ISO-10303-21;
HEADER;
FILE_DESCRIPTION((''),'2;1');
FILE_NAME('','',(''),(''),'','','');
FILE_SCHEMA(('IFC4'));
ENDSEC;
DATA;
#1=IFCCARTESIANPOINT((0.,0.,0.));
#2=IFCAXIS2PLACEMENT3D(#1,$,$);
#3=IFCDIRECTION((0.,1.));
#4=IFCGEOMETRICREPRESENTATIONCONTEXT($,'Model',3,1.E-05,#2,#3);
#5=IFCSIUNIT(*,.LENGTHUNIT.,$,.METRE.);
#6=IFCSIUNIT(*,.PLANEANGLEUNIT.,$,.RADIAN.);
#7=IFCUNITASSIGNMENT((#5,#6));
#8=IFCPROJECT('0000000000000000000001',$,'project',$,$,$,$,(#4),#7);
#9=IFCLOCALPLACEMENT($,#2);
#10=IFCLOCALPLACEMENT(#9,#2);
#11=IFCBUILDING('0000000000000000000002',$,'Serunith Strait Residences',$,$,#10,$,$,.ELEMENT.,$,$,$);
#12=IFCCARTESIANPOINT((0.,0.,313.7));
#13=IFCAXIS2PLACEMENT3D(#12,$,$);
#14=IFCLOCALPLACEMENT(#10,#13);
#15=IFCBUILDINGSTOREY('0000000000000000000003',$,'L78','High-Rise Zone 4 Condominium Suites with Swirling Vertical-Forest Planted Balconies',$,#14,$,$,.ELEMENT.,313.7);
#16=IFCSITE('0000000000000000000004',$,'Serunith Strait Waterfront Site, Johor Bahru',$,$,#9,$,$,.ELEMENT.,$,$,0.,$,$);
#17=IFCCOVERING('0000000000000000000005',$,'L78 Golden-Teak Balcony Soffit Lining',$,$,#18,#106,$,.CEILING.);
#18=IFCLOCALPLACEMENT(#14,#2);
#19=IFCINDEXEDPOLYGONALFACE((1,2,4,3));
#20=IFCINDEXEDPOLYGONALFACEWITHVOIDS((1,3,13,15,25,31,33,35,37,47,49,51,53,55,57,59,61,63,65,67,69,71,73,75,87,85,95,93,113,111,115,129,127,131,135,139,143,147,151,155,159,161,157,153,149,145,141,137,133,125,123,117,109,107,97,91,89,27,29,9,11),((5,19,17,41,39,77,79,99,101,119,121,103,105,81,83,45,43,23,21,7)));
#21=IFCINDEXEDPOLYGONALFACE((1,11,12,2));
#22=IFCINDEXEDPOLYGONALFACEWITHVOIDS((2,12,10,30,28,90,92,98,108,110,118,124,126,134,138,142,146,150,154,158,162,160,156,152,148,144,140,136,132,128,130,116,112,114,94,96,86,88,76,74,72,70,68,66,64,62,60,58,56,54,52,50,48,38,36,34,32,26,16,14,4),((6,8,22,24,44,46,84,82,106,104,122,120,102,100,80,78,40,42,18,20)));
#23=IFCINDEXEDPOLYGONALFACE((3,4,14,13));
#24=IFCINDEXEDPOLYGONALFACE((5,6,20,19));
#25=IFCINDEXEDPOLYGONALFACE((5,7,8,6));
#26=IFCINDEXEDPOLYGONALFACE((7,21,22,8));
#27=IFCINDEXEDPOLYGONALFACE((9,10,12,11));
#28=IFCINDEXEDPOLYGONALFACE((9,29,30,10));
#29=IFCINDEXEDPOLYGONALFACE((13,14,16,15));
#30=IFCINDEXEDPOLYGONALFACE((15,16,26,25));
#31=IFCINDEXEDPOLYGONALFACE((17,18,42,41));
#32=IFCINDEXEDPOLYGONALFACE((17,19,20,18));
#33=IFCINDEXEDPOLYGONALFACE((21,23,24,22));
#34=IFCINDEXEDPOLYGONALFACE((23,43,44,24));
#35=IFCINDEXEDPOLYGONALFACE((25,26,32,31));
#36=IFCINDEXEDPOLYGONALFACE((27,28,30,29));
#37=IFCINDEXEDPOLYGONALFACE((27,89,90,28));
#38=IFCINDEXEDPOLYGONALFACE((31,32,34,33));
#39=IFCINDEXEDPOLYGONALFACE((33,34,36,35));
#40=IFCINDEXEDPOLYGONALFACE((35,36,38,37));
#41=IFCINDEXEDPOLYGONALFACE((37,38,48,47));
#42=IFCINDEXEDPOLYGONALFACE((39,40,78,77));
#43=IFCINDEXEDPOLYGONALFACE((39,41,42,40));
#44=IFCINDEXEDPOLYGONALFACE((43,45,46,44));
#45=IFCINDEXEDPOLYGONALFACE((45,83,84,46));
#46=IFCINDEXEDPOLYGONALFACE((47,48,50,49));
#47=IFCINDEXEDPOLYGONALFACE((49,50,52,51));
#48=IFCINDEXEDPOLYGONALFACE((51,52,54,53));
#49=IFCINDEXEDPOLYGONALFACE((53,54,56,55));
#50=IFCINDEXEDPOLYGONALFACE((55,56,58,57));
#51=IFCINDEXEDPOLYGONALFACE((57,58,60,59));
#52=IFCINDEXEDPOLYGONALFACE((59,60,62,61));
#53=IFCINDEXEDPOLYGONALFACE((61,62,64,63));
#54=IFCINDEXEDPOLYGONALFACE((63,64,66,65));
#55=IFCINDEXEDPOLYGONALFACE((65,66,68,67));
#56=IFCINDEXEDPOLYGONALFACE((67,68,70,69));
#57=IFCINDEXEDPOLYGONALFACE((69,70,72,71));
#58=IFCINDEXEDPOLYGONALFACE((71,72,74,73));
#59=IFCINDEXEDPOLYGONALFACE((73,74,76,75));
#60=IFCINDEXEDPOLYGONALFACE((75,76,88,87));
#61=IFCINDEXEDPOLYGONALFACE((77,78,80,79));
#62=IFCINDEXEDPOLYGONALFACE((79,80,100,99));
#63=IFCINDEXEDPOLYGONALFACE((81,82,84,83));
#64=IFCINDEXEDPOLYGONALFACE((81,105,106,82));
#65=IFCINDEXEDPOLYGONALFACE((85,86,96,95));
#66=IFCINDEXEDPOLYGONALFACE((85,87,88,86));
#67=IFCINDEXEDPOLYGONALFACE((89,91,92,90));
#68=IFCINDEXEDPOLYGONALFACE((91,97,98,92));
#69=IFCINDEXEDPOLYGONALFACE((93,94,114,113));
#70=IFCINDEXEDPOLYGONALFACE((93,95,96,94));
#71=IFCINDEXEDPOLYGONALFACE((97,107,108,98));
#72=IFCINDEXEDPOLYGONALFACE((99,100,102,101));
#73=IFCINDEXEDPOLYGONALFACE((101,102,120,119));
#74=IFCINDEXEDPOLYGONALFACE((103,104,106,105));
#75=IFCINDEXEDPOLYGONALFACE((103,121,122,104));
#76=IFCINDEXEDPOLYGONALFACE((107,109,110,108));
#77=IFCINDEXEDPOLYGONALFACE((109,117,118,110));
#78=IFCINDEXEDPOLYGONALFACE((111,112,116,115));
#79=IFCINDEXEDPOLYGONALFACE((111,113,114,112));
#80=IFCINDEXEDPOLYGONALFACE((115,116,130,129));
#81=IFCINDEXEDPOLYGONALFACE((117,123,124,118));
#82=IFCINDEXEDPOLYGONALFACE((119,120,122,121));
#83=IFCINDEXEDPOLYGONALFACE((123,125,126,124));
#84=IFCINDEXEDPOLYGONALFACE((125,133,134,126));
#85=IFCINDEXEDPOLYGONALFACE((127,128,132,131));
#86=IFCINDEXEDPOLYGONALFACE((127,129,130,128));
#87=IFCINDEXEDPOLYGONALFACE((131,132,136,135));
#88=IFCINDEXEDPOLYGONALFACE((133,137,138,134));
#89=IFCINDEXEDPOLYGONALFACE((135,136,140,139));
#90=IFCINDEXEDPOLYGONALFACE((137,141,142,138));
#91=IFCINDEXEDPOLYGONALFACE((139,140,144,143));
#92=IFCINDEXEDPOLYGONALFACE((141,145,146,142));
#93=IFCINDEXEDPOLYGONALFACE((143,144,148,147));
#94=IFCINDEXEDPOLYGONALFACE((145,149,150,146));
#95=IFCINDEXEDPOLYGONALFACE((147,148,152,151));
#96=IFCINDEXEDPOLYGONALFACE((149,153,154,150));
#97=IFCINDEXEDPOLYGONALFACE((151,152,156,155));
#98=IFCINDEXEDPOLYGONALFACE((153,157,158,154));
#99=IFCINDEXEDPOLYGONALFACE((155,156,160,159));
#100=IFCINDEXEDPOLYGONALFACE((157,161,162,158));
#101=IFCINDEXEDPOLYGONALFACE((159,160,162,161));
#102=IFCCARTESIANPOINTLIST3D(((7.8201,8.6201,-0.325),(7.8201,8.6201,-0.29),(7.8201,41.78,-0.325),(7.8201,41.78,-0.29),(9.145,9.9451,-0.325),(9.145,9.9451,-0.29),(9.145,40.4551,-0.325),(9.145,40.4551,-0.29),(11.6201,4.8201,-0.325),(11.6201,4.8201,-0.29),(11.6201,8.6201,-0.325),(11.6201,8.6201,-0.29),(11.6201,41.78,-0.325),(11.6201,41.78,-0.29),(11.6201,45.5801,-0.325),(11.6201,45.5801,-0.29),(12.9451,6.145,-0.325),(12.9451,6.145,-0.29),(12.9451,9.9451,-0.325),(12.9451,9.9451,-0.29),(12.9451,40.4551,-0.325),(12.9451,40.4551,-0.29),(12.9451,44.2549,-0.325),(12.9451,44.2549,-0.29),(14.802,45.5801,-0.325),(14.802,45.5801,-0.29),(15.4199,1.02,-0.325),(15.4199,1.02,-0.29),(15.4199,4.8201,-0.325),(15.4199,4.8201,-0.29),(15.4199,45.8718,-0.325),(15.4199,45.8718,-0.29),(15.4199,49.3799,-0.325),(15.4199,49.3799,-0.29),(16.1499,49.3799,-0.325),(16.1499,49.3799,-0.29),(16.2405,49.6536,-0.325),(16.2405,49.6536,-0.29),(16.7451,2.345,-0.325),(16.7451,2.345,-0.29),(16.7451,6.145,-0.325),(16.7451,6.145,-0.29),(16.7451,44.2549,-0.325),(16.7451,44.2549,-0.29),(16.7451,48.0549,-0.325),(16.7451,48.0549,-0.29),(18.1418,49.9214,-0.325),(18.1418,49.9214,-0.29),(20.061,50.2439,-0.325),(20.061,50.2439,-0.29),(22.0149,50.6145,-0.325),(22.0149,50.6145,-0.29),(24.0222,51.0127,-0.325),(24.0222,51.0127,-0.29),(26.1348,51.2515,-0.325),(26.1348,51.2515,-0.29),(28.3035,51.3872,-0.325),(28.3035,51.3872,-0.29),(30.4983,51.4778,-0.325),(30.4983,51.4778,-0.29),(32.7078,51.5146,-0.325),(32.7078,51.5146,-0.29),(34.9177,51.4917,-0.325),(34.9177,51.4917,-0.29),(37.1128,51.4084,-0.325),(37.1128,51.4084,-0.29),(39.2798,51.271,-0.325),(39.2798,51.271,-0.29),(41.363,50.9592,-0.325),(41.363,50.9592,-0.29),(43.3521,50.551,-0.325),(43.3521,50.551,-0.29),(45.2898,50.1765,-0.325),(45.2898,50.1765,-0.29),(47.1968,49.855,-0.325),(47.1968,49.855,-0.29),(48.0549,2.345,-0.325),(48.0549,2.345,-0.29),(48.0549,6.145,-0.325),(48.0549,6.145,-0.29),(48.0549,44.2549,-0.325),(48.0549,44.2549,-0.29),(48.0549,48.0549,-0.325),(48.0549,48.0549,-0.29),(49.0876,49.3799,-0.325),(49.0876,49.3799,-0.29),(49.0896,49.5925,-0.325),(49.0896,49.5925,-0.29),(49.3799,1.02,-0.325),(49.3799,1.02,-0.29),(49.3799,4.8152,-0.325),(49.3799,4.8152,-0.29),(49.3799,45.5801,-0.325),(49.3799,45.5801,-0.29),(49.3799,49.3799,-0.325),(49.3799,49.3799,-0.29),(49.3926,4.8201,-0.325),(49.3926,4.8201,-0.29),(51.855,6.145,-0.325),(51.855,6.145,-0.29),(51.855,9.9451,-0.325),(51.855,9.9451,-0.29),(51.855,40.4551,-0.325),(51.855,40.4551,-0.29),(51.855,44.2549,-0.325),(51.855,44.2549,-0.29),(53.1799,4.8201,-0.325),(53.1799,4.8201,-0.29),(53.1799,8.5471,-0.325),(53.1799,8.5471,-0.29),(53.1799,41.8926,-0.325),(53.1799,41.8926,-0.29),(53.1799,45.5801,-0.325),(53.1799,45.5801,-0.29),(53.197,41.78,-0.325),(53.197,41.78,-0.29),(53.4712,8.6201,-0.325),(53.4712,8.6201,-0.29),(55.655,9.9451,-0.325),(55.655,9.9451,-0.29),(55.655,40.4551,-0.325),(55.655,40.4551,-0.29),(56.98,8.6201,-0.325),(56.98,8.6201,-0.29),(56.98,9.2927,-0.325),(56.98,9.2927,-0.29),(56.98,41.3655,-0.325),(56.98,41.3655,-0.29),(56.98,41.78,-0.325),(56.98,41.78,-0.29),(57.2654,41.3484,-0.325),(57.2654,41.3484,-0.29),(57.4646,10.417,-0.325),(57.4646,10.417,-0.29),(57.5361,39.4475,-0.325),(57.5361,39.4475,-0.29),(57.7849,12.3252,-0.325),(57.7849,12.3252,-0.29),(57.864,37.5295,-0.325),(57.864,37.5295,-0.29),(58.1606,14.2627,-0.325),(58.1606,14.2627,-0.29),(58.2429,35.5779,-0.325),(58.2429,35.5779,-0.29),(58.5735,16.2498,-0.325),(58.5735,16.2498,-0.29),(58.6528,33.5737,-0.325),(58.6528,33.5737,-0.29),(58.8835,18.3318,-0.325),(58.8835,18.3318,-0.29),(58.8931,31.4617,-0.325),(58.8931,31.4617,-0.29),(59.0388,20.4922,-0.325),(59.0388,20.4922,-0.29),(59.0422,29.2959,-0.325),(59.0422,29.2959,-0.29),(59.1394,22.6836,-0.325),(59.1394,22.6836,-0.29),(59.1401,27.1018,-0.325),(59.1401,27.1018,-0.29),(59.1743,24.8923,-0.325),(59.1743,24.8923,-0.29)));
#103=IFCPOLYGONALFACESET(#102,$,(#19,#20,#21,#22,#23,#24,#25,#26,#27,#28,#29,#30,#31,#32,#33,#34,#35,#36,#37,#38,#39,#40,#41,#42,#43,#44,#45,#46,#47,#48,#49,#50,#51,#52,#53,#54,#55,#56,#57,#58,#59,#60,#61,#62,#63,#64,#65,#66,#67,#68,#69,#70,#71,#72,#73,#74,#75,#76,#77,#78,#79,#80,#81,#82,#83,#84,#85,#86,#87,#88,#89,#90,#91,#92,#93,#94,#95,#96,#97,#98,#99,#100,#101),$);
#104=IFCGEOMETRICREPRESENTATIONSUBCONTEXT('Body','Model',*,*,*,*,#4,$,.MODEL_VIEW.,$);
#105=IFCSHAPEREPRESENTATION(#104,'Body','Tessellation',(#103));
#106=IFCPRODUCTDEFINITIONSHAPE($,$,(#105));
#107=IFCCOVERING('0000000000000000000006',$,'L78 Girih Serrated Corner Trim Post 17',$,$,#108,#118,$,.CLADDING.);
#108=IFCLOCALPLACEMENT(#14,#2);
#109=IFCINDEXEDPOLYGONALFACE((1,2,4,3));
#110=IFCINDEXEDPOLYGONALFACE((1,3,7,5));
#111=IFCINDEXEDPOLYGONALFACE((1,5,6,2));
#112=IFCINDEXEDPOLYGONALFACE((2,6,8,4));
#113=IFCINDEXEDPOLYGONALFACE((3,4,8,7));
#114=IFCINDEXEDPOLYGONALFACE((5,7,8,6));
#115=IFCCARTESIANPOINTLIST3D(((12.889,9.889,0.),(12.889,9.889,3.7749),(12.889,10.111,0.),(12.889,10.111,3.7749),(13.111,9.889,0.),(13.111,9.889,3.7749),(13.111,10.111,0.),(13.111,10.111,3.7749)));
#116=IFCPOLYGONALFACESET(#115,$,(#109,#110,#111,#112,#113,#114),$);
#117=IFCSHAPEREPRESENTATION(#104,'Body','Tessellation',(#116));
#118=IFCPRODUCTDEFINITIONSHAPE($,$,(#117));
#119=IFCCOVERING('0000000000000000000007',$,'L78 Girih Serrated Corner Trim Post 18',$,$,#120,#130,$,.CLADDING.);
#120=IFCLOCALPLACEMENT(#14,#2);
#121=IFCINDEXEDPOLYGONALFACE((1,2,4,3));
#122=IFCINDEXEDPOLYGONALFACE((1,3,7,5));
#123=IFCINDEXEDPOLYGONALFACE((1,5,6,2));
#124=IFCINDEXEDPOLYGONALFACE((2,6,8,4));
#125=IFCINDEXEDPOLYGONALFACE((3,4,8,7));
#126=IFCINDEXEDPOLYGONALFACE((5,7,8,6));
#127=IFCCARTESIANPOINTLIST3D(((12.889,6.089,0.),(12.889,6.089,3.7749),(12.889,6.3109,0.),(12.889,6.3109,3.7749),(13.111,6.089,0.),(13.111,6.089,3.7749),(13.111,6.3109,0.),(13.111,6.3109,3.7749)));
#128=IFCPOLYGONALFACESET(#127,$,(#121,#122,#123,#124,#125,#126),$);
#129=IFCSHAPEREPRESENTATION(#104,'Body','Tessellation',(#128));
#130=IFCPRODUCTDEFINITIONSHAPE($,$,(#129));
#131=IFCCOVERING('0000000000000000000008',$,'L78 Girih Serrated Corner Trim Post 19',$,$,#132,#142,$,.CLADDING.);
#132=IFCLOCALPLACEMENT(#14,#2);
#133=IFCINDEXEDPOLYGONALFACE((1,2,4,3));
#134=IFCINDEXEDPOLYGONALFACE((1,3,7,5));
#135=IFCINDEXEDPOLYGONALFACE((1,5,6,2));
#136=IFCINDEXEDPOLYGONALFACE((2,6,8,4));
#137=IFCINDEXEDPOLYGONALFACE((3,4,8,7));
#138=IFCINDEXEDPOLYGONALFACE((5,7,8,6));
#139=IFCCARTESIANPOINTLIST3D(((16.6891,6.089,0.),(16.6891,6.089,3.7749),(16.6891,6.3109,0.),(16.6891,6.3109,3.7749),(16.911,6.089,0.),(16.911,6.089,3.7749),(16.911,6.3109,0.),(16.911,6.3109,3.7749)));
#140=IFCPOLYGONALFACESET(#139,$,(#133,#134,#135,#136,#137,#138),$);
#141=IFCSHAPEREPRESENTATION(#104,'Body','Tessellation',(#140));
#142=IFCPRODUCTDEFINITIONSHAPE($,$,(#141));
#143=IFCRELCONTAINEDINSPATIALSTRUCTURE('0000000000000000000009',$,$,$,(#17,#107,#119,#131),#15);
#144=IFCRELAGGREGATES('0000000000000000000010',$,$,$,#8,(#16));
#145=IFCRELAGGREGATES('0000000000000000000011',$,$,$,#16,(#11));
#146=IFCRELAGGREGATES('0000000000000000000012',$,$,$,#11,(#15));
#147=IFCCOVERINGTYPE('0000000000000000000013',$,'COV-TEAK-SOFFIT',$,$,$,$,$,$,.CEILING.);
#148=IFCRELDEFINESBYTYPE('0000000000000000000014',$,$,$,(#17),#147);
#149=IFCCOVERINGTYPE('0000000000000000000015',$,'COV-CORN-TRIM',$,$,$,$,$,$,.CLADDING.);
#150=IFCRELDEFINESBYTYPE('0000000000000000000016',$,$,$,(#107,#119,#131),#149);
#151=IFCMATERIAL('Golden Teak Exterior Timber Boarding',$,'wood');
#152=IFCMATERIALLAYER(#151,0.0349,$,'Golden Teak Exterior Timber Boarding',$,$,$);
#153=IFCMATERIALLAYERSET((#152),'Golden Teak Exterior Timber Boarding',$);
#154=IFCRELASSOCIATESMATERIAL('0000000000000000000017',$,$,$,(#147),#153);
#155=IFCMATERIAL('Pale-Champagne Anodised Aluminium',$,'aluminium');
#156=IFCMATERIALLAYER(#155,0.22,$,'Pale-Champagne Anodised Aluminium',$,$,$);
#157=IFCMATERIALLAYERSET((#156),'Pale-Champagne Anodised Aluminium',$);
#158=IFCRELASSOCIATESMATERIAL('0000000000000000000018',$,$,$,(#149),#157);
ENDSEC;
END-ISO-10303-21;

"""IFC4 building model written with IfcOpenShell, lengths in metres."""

from ifc_helpers import new_model, si_unit, direction, frame, origin, origin_2d, place, context, subcontext, project, spatial, polyline, rectangle, outline, extrude, source, transform, mapped, material, layer, layer_set, type_object, element, save


model = new_model("IFC4")

# Units and contexts
model_context = context("Model", 3, precision=1e-05, world=origin(), true_north=direction((0.0, 1.0)))
body_context = subcontext(model_context, "Body", "Model", "MODEL_VIEW")
ifc_project = project(units=[si_unit("LENGTHUNIT", "METRE"), si_unit("PLANEANGLEUNIT", "RADIAN")], contexts=[model_context])

# Site, building, storey
site_placement = place(None, origin())
site = spatial("IfcSite", under=ifc_project, at=site_placement, Name="Serunith Strait Waterfront Site, Johor Bahru", CompositionType="ELEMENT", RefElevation=0.0)
building_placement = place(site_placement, origin())
building = spatial("IfcBuilding", under=site, at=building_placement, Name="Serunith Strait Residences", CompositionType="ELEMENT")
storey_placement = place(building_placement, frame((0.0, 0.0, 313.7)))
storey = spatial("IfcBuildingStorey", under=building, at=storey_placement, Name="L78", Description="High-Rise Zone 4 Condominium Suites with Swirling Vertical-Forest Planted Balconies", CompositionType="ELEMENT", Elevation=313.7)

# Covering
ifc_material_1 = material(Name="Golden Teak Exterior Timber Boarding", Category="wood")
ifc_layer_1 = layer(ifc_material_1, 0.0349, Name="Golden Teak Exterior Timber Boarding")
ifc_layer_set_1 = layer_set([ifc_layer_1], Name="Golden Teak Exterior Timber Boarding")
covering_type_1 = type_object("IfcCoveringType", Name="COV-TEAK-SOFFIT", PredefinedType="CEILING", material=ifc_layer_set_1)
covering_placement = place(storey_placement, frame((0.0, 0.0, -0.325)))
element("IfcCovering", 1, at=covering_placement, inside=storey, type_object=covering_type_1, Name="L78 Golden-Teak Balcony Soffit Lining", PredefinedType="CEILING", context=body_context, shape_type="SweptSolid", body=[
    extrude(outline(polyline([(15.4199, 49.3799), (16.1499, 49.3799), (16.2405, 49.6536), (18.1418, 49.9214), (20.061, 50.2439), (22.0149, 50.6145), (24.0222, 51.0127), (26.1348, 51.2515), (28.3035, 51.3872), (30.4983, 51.4778), (32.7078, 51.5146), (34.9177, 51.4917), (37.1128, 51.4084), (39.2798, 51.271), (41.363, 50.9592), (43.3521, 50.551), (45.2898, 50.1765), (47.1968, 49.855), (49.0896, 49.5925), (49.0876, 49.3799), (49.3799, 49.3799), (49.3799, 45.5801), (53.1799, 45.5801), (53.1799, 41.8926), (53.197, 41.78), (56.98, 41.78), (56.98, 41.3655), (57.2654, 41.3484), (57.5361, 39.4475), (57.864, 37.5295), (58.2429, 35.5779), (58.6528, 33.5737), (58.8931, 31.4617), (59.0422, 29.2959), (59.1401, 27.1018), (59.1743, 24.8923), (59.1394, 22.6836), (59.0388, 20.4922), (58.8835, 18.3318), (58.5735, 16.2498), (58.1606, 14.2627), (57.7849, 12.3252), (57.4646, 10.417), (56.98, 9.2927), (56.98, 8.6201), (53.4712, 8.6201), (53.1799, 8.5471), (53.1799, 4.8201), (49.3926, 4.8201), (49.3799, 4.8152), (49.3799, 1.02), (15.4199, 1.02), (15.4199, 4.8201), (11.6201, 4.8201), (11.6201, 8.6201), (7.8201, 8.6201), (7.8201, 41.78), (11.6201, 41.78), (11.6201, 45.5801), (14.802, 45.5801), (15.4199, 45.8718), (15.4199, 49.3799)]), holes=[polyline([(48.0549, 2.345), (48.0549, 6.145), (51.855, 6.145), (51.855, 9.9451), (55.655, 9.9451), (55.655, 40.4551), (51.855, 40.4551), (51.855, 44.2549), (48.0549, 44.2549), (48.0549, 48.0549), (16.7451, 48.0549), (16.7451, 44.2549), (12.9451, 44.2549), (12.9451, 40.4551), (9.145, 40.4551), (9.145, 9.9451), (12.9451, 9.9451), (12.9451, 6.145), (16.7451, 6.145), (16.7451, 2.345), (48.0549, 2.345)])]), origin(), (0.0, 0.0, 1.0), 0.0349),
])

# Coverings
ifc_material_2 = material(Name="Pale-Champagne Anodised Aluminium", Category="aluminium")
ifc_layer_2 = layer(ifc_material_2, 0.22, Name="Pale-Champagne Anodised Aluminium")
ifc_layer_set_2 = layer_set([ifc_layer_2], Name="Pale-Champagne Anodised Aluminium")
covering_type_2 = type_object("IfcCoveringType", Name="COV-CORN-TRIM", PredefinedType="CLADDING", material=ifc_layer_set_2)
shared_shape_1 = source(origin(), body_context, "Body", "SweptSolid", [
    extrude(rectangle(XDim=0.2219, YDim=0.2219, at=origin_2d()), origin(), (0.0, 0.0, 1.0), 3.7749),
])
for number, where, z_axis, x_axis, name in (
    (2, (13.0, 10.0, 0.0), (0.0, 0.0, 1.0), (1.0, 0.0, 0.0), "L78 Girih Serrated Corner Trim Post 17"),
    (3, (13.0, 6.2, 0.0), (0.0, 0.0, 1.0), (1.0, 0.0, 0.0), "L78 Girih Serrated Corner Trim Post 18"),
    (4, (16.8, 6.2, 0.0), (0.0, 0.0, 1.0), (1.0, 0.0, 0.0), "L78 Girih Serrated Corner Trim Post 19"),
):
    element("IfcCovering", number, at=place(storey_placement, frame(where, z_axis=z_axis, x_axis=x_axis)), inside=storey, type_object=covering_type_2, Name=name, PredefinedType="CLADDING", context=body_context, shape_type="MappedRepresentation", body=[
        mapped(shared_shape_1, transform((0.0, 0.0, 0.0), scale=1.0)),
    ])

save(model, "model.ifc")
